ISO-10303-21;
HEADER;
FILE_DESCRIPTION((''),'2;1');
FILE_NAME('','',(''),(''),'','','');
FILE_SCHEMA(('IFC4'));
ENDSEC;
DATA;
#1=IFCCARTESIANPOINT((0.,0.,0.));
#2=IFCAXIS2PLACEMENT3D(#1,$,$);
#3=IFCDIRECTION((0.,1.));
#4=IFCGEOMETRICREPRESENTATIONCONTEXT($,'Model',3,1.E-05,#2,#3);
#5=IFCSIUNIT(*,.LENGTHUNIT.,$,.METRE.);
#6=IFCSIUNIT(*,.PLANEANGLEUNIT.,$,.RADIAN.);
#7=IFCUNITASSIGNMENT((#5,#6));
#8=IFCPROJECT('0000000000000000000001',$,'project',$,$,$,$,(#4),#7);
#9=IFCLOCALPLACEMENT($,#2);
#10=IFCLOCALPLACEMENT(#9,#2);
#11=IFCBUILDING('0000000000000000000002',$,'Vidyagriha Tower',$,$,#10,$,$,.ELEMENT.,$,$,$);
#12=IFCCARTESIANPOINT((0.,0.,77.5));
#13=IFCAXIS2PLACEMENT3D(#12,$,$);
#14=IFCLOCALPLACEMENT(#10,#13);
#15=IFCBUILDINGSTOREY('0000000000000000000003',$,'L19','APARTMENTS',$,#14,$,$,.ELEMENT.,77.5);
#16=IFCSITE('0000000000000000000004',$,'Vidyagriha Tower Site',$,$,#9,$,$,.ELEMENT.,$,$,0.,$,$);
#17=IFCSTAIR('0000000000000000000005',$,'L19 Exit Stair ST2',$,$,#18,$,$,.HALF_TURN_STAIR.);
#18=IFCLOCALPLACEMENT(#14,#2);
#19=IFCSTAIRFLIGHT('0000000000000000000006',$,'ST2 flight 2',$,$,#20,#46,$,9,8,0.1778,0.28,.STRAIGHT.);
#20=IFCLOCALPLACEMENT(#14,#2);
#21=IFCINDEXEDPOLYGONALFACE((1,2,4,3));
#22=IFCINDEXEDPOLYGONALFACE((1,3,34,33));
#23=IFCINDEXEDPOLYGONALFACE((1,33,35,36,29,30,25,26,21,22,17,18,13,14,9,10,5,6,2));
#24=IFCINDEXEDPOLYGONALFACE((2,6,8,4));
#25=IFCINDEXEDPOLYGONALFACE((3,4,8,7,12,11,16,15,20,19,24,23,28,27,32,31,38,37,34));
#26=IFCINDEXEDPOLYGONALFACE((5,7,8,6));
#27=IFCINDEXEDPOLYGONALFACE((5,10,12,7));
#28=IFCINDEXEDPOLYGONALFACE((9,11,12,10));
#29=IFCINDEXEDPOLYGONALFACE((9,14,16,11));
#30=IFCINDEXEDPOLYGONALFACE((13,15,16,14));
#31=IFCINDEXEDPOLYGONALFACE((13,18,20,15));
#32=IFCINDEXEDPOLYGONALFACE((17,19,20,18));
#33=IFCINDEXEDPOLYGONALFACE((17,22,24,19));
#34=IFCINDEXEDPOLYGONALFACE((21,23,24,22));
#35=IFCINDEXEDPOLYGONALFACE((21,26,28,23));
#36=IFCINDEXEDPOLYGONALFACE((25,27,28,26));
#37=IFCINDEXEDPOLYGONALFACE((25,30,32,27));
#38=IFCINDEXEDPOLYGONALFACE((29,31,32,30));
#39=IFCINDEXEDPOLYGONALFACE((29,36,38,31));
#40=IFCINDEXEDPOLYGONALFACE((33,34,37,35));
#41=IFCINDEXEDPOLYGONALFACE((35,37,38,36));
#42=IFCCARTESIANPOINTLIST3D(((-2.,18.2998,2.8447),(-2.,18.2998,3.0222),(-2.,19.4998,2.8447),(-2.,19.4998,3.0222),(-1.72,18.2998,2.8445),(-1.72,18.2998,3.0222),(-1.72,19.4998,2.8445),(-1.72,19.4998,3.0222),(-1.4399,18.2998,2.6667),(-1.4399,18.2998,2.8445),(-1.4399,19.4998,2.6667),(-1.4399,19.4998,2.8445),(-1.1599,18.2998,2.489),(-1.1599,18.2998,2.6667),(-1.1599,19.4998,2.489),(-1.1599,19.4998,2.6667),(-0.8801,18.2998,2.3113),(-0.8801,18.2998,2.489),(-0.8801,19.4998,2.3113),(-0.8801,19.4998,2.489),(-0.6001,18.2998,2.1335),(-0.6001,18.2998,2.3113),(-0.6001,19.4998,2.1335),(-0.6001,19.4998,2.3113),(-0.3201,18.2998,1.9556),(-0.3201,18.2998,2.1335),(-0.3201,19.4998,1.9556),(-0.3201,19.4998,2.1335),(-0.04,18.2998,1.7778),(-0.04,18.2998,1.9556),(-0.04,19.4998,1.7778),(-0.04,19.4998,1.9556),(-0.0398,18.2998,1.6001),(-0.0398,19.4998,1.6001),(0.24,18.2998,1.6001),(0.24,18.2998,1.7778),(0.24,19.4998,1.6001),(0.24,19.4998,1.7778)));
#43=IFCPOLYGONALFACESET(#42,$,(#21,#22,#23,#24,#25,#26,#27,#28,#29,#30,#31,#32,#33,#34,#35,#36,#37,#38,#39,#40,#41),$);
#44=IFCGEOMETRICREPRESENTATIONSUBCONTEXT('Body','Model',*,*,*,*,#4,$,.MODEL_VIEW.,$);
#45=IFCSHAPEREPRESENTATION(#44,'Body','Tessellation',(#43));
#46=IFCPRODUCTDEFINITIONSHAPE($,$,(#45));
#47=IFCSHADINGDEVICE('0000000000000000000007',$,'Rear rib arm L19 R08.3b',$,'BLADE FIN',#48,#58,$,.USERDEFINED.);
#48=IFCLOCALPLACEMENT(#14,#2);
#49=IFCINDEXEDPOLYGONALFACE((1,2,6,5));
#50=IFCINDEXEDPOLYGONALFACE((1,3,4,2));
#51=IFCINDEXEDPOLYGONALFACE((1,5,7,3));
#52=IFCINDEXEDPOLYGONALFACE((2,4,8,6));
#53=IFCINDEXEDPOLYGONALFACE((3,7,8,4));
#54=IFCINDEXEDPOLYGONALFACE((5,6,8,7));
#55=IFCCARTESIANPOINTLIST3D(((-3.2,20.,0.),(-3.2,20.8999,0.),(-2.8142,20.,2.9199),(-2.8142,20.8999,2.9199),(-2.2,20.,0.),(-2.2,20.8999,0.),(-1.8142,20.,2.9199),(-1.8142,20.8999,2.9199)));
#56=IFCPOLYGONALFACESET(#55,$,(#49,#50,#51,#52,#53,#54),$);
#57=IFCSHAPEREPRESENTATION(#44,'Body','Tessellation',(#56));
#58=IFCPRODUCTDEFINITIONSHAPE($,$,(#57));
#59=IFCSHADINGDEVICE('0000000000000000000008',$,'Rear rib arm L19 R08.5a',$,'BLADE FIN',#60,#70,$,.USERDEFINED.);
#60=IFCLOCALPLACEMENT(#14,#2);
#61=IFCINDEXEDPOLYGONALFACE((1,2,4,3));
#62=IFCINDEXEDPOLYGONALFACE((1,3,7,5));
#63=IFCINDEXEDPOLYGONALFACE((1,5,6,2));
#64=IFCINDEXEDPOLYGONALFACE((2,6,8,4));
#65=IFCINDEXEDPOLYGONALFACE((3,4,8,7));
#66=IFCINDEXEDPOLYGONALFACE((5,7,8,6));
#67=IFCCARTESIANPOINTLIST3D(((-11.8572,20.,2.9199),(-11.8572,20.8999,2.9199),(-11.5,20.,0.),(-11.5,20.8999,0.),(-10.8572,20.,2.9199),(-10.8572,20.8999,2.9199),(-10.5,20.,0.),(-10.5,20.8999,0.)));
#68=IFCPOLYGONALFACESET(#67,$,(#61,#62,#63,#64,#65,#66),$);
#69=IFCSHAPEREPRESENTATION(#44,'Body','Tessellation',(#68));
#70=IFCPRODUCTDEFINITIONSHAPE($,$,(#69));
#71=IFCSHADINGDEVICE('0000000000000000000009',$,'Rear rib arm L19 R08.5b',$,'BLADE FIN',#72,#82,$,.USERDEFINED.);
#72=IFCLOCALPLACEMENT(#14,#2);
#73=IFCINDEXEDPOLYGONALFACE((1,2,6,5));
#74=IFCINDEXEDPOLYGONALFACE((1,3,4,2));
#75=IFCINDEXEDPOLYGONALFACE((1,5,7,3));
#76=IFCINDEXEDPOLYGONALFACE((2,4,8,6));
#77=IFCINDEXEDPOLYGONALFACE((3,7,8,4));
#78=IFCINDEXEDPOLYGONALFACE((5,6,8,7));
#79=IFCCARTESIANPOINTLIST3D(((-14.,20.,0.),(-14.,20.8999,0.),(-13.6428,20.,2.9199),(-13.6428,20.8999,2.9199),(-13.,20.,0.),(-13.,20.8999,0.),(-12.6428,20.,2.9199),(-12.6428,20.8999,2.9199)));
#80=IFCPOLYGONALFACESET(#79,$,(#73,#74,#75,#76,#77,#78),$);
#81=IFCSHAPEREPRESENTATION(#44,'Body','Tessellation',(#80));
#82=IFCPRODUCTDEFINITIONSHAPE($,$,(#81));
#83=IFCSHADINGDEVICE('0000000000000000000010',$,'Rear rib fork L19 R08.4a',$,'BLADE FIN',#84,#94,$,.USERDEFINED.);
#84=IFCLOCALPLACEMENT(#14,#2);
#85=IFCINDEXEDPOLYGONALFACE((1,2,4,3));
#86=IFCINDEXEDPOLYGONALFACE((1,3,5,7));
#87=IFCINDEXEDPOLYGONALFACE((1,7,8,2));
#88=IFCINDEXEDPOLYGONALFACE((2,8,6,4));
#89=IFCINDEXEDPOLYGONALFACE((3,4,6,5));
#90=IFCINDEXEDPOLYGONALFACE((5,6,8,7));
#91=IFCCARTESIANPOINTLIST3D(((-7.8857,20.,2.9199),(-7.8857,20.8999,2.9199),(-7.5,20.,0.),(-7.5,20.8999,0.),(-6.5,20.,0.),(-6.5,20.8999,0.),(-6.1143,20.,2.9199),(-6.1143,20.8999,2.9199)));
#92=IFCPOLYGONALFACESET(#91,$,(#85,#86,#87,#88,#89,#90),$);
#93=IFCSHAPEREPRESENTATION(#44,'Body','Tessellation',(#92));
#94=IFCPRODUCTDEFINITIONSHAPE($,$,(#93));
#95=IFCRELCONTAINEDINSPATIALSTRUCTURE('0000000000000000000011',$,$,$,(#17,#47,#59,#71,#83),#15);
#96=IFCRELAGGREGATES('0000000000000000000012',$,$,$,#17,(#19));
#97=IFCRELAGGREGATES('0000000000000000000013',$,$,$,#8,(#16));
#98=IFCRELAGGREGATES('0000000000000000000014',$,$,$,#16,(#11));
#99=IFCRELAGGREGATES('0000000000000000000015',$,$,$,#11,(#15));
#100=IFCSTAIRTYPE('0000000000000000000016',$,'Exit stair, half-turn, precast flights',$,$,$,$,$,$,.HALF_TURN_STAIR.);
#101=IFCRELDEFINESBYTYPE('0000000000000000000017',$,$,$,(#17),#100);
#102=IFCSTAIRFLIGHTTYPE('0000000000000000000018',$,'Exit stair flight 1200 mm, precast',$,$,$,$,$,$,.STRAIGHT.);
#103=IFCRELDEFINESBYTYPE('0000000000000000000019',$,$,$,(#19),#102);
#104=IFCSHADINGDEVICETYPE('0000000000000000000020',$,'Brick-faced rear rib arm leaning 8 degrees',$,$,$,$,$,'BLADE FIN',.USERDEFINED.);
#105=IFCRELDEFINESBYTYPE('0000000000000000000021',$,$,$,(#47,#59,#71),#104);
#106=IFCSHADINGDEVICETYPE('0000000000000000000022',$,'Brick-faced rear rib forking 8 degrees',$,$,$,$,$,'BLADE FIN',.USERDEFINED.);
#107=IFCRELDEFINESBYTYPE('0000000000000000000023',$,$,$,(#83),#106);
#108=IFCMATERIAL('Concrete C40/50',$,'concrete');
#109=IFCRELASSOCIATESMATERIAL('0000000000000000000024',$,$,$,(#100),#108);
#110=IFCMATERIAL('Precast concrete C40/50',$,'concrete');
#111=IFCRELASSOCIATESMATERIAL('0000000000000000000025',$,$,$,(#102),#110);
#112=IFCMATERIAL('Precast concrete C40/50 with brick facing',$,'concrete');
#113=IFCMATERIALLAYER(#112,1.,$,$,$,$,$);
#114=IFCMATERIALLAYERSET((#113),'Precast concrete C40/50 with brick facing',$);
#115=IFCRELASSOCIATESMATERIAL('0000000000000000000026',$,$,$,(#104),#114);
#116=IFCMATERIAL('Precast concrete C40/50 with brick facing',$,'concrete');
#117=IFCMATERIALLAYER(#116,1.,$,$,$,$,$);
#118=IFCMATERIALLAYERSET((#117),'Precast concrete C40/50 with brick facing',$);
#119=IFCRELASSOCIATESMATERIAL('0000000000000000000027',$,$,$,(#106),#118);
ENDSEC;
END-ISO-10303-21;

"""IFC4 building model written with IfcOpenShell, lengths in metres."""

from ifc_helpers import new_model, si_unit, direction, frame, origin, place, context, subcontext, project, spatial, polyline, outline, extrude, material, layer, layer_set, type_object, element, aggregate, save


model = new_model("IFC4")

# Units and contexts
model_context = context("Model", 3, precision=1e-05, world=origin(), true_north=direction((0.0, 1.0)))
body_context = subcontext(model_context, "Body", "Model", "MODEL_VIEW")
ifc_project = project(units=[si_unit("LENGTHUNIT", "METRE"), si_unit("PLANEANGLEUNIT", "RADIAN")], contexts=[model_context])

# Site, building, storey
site_placement = place(None, origin())
site = spatial("IfcSite", under=ifc_project, at=site_placement, Name="Vidyagriha Tower Site", CompositionType="ELEMENT", RefElevation=0.0)
building_placement = place(site_placement, origin())
building = spatial("IfcBuilding", under=site, at=building_placement, Name="Vidyagriha Tower", CompositionType="ELEMENT")
storey_placement = place(building_placement, frame((0.0, 0.0, 77.5)))
storey = spatial("IfcBuildingStorey", under=building, at=storey_placement, Name="L19", Description="APARTMENTS", CompositionType="ELEMENT", Elevation=77.5)

# Stair, stair flight
ifc_material_1 = material(Name="Concrete C40/50", Category="concrete")
stair_type = type_object("IfcStairType", Name="Exit stair, half-turn, precast flights", PredefinedType="HALF_TURN_STAIR", material=ifc_material_1)
ifc_material_2 = material(Name="Precast concrete C40/50", Category="concrete")
stair_flight_type = type_object("IfcStairFlightType", Name="Exit stair flight 1200 mm, precast", PredefinedType="STRAIGHT", material=ifc_material_2)
stair_1_placement = place(storey_placement, origin())
stair_1 = element("IfcStair", 1, at=stair_1_placement, inside=storey, type_object=stair_type, Name="L19 Exit Stair ST2", PredefinedType="HALF_TURN_STAIR")
stair_flight_1_placement = place(storey_placement, frame((0.24, 18.8999, 1.6001), z_axis=(0.0, 0.0, 1.0), x_axis=(-1.0, 0.0, 0.0)))
stair_flight_1 = element("IfcStairFlight", 2, at=stair_flight_1_placement, type_object=stair_flight_type, Name="ST2 flight 2", NumberOfRisers=9, NumberOfTreads=8, PredefinedType="STRAIGHT", RiserHeight=0.1778, TreadLength=0.28, context=body_context, shape_type="SweptSolid", body=[
    extrude(outline(polyline([(0.0, 0.0), (0.0, 0.1777), (0.28, 0.1777), (0.28, 0.3555), (0.5601, 0.3555), (0.5601, 0.5334), (0.8401, 0.5334), (0.8401, 0.7112), (1.1201, 0.7112), (1.1201, 0.8889), (1.3999, 0.8889), (1.3999, 1.0667), (1.6799, 1.0667), (1.6799, 1.2444), (1.96, 1.2444), (1.96, 1.4221), (2.24, 1.4221), (2.24, 1.6001), (2.24, 1.2446), (0.2798, 0.0), (0.0, 0.0)])), frame((0.0, 0.6001, 0.0), z_axis=(0.0, -1.0, 0.0), x_axis=(1.0, 0.0, 0.0)), (0.0, 0.0, 1.0), 1.2),
])
aggregate(stair_1, [stair_flight_1])

# Shading devices
ifc_material_3 = material(Name="Precast concrete C40/50 with brick facing", Category="concrete")
ifc_layer_1 = layer(ifc_material_3, 1.0)
ifc_layer_set_1 = layer_set([ifc_layer_1], Name="Precast concrete C40/50 with brick facing")
shading_device_type_1 = type_object("IfcShadingDeviceType", Name="Brick-faced rear rib arm leaning 8 degrees", ElementType="BLADE FIN", PredefinedType="USERDEFINED", material=ifc_layer_set_1)
shading_device_1_placement = place(storey_placement, frame((-1.8142, 20.45, 0.0), z_axis=(0.0, 0.0, 1.0), x_axis=(-1.0, 0.0, 0.0)))
element("IfcShadingDevice", 3, at=shading_device_1_placement, inside=storey, type_object=shading_device_type_1, Name="Rear rib arm L19 R08.3b", ObjectType="BLADE FIN", PredefinedType="USERDEFINED", context=body_context, shape_type="SweptSolid", body=[
    extrude(outline(polyline([(0.3857, 0.0), (1.3857, 0.0), (1.0, 2.9199), (0.0, 2.9199), (0.3857, 0.0)])), frame((0.0, 0.45, 0.0), z_axis=(0.0, -1.0, 0.0), x_axis=(1.0, 0.0, 0.0)), (0.0, 0.0, 1.0), 0.8999),
])
shading_device_2_placement = place(storey_placement, frame((-10.5, 20.45, 0.0), z_axis=(0.0, 0.0, 1.0), x_axis=(-1.0, 0.0, 0.0)))
element("IfcShadingDevice", 4, at=shading_device_2_placement, inside=storey, type_object=shading_device_type_1, Name="Rear rib arm L19 R08.5a", ObjectType="BLADE FIN", PredefinedType="USERDEFINED", context=body_context, shape_type="SweptSolid", body=[
    extrude(outline(polyline([(0.0, 0.0), (1.0, 0.0), (1.3572, 2.9199), (0.3572, 2.9199), (0.0, 0.0)])), frame((0.0, 0.45, 0.0), z_axis=(0.0, -1.0, 0.0), x_axis=(1.0, 0.0, 0.0)), (0.0, 0.0, 1.0), 0.8999),
])
shading_device_3_placement = place(storey_placement, frame((-12.6428, 20.45, 0.0), z_axis=(0.0, 0.0, 1.0), x_axis=(-1.0, 0.0, 0.0)))
element("IfcShadingDevice", 5, at=shading_device_3_placement, inside=storey, type_object=shading_device_type_1, Name="Rear rib arm L19 R08.5b", ObjectType="BLADE FIN", PredefinedType="USERDEFINED", context=body_context, shape_type="SweptSolid", body=[
    extrude(outline(polyline([(0.3572, 0.0), (1.3572, 0.0), (1.0, 2.9199), (0.0, 2.9199), (0.3572, 0.0)])), frame((0.0, 0.45, 0.0), z_axis=(0.0, -1.0, 0.0), x_axis=(1.0, 0.0, 0.0)), (0.0, 0.0, 1.0), 0.8999),
])
ifc_material_4 = material(Name="Precast concrete C40/50 with brick facing", Category="concrete")
ifc_layer_2 = layer(ifc_material_4, 1.0)
ifc_layer_set_2 = layer_set([ifc_layer_2], Name="Precast concrete C40/50 with brick facing")
shading_device_type_2 = type_object("IfcShadingDeviceType", Name="Brick-faced rear rib forking 8 degrees", ElementType="BLADE FIN", PredefinedType="USERDEFINED", material=ifc_layer_set_2)
shading_device_4_placement = place(storey_placement, frame((-6.1143, 20.45, 0.0), z_axis=(0.0, 0.0, 1.0), x_axis=(-1.0, 0.0, 0.0)))
element("IfcShadingDevice", 6, at=shading_device_4_placement, inside=storey, type_object=shading_device_type_2, Name="Rear rib fork L19 R08.4a", ObjectType="BLADE FIN", PredefinedType="USERDEFINED", context=body_context, shape_type="SweptSolid", body=[
    extrude(outline(polyline([(0.3857, 0.0), (1.3857, 0.0), (1.7715, 2.9199), (0.0, 2.9199), (0.3857, 0.0)])), frame((0.0, 0.45, 0.0), z_axis=(0.0, -1.0, 0.0), x_axis=(1.0, 0.0, 0.0)), (0.0, 0.0, 1.0), 0.8999),
])

save(model, "model.ifc")
